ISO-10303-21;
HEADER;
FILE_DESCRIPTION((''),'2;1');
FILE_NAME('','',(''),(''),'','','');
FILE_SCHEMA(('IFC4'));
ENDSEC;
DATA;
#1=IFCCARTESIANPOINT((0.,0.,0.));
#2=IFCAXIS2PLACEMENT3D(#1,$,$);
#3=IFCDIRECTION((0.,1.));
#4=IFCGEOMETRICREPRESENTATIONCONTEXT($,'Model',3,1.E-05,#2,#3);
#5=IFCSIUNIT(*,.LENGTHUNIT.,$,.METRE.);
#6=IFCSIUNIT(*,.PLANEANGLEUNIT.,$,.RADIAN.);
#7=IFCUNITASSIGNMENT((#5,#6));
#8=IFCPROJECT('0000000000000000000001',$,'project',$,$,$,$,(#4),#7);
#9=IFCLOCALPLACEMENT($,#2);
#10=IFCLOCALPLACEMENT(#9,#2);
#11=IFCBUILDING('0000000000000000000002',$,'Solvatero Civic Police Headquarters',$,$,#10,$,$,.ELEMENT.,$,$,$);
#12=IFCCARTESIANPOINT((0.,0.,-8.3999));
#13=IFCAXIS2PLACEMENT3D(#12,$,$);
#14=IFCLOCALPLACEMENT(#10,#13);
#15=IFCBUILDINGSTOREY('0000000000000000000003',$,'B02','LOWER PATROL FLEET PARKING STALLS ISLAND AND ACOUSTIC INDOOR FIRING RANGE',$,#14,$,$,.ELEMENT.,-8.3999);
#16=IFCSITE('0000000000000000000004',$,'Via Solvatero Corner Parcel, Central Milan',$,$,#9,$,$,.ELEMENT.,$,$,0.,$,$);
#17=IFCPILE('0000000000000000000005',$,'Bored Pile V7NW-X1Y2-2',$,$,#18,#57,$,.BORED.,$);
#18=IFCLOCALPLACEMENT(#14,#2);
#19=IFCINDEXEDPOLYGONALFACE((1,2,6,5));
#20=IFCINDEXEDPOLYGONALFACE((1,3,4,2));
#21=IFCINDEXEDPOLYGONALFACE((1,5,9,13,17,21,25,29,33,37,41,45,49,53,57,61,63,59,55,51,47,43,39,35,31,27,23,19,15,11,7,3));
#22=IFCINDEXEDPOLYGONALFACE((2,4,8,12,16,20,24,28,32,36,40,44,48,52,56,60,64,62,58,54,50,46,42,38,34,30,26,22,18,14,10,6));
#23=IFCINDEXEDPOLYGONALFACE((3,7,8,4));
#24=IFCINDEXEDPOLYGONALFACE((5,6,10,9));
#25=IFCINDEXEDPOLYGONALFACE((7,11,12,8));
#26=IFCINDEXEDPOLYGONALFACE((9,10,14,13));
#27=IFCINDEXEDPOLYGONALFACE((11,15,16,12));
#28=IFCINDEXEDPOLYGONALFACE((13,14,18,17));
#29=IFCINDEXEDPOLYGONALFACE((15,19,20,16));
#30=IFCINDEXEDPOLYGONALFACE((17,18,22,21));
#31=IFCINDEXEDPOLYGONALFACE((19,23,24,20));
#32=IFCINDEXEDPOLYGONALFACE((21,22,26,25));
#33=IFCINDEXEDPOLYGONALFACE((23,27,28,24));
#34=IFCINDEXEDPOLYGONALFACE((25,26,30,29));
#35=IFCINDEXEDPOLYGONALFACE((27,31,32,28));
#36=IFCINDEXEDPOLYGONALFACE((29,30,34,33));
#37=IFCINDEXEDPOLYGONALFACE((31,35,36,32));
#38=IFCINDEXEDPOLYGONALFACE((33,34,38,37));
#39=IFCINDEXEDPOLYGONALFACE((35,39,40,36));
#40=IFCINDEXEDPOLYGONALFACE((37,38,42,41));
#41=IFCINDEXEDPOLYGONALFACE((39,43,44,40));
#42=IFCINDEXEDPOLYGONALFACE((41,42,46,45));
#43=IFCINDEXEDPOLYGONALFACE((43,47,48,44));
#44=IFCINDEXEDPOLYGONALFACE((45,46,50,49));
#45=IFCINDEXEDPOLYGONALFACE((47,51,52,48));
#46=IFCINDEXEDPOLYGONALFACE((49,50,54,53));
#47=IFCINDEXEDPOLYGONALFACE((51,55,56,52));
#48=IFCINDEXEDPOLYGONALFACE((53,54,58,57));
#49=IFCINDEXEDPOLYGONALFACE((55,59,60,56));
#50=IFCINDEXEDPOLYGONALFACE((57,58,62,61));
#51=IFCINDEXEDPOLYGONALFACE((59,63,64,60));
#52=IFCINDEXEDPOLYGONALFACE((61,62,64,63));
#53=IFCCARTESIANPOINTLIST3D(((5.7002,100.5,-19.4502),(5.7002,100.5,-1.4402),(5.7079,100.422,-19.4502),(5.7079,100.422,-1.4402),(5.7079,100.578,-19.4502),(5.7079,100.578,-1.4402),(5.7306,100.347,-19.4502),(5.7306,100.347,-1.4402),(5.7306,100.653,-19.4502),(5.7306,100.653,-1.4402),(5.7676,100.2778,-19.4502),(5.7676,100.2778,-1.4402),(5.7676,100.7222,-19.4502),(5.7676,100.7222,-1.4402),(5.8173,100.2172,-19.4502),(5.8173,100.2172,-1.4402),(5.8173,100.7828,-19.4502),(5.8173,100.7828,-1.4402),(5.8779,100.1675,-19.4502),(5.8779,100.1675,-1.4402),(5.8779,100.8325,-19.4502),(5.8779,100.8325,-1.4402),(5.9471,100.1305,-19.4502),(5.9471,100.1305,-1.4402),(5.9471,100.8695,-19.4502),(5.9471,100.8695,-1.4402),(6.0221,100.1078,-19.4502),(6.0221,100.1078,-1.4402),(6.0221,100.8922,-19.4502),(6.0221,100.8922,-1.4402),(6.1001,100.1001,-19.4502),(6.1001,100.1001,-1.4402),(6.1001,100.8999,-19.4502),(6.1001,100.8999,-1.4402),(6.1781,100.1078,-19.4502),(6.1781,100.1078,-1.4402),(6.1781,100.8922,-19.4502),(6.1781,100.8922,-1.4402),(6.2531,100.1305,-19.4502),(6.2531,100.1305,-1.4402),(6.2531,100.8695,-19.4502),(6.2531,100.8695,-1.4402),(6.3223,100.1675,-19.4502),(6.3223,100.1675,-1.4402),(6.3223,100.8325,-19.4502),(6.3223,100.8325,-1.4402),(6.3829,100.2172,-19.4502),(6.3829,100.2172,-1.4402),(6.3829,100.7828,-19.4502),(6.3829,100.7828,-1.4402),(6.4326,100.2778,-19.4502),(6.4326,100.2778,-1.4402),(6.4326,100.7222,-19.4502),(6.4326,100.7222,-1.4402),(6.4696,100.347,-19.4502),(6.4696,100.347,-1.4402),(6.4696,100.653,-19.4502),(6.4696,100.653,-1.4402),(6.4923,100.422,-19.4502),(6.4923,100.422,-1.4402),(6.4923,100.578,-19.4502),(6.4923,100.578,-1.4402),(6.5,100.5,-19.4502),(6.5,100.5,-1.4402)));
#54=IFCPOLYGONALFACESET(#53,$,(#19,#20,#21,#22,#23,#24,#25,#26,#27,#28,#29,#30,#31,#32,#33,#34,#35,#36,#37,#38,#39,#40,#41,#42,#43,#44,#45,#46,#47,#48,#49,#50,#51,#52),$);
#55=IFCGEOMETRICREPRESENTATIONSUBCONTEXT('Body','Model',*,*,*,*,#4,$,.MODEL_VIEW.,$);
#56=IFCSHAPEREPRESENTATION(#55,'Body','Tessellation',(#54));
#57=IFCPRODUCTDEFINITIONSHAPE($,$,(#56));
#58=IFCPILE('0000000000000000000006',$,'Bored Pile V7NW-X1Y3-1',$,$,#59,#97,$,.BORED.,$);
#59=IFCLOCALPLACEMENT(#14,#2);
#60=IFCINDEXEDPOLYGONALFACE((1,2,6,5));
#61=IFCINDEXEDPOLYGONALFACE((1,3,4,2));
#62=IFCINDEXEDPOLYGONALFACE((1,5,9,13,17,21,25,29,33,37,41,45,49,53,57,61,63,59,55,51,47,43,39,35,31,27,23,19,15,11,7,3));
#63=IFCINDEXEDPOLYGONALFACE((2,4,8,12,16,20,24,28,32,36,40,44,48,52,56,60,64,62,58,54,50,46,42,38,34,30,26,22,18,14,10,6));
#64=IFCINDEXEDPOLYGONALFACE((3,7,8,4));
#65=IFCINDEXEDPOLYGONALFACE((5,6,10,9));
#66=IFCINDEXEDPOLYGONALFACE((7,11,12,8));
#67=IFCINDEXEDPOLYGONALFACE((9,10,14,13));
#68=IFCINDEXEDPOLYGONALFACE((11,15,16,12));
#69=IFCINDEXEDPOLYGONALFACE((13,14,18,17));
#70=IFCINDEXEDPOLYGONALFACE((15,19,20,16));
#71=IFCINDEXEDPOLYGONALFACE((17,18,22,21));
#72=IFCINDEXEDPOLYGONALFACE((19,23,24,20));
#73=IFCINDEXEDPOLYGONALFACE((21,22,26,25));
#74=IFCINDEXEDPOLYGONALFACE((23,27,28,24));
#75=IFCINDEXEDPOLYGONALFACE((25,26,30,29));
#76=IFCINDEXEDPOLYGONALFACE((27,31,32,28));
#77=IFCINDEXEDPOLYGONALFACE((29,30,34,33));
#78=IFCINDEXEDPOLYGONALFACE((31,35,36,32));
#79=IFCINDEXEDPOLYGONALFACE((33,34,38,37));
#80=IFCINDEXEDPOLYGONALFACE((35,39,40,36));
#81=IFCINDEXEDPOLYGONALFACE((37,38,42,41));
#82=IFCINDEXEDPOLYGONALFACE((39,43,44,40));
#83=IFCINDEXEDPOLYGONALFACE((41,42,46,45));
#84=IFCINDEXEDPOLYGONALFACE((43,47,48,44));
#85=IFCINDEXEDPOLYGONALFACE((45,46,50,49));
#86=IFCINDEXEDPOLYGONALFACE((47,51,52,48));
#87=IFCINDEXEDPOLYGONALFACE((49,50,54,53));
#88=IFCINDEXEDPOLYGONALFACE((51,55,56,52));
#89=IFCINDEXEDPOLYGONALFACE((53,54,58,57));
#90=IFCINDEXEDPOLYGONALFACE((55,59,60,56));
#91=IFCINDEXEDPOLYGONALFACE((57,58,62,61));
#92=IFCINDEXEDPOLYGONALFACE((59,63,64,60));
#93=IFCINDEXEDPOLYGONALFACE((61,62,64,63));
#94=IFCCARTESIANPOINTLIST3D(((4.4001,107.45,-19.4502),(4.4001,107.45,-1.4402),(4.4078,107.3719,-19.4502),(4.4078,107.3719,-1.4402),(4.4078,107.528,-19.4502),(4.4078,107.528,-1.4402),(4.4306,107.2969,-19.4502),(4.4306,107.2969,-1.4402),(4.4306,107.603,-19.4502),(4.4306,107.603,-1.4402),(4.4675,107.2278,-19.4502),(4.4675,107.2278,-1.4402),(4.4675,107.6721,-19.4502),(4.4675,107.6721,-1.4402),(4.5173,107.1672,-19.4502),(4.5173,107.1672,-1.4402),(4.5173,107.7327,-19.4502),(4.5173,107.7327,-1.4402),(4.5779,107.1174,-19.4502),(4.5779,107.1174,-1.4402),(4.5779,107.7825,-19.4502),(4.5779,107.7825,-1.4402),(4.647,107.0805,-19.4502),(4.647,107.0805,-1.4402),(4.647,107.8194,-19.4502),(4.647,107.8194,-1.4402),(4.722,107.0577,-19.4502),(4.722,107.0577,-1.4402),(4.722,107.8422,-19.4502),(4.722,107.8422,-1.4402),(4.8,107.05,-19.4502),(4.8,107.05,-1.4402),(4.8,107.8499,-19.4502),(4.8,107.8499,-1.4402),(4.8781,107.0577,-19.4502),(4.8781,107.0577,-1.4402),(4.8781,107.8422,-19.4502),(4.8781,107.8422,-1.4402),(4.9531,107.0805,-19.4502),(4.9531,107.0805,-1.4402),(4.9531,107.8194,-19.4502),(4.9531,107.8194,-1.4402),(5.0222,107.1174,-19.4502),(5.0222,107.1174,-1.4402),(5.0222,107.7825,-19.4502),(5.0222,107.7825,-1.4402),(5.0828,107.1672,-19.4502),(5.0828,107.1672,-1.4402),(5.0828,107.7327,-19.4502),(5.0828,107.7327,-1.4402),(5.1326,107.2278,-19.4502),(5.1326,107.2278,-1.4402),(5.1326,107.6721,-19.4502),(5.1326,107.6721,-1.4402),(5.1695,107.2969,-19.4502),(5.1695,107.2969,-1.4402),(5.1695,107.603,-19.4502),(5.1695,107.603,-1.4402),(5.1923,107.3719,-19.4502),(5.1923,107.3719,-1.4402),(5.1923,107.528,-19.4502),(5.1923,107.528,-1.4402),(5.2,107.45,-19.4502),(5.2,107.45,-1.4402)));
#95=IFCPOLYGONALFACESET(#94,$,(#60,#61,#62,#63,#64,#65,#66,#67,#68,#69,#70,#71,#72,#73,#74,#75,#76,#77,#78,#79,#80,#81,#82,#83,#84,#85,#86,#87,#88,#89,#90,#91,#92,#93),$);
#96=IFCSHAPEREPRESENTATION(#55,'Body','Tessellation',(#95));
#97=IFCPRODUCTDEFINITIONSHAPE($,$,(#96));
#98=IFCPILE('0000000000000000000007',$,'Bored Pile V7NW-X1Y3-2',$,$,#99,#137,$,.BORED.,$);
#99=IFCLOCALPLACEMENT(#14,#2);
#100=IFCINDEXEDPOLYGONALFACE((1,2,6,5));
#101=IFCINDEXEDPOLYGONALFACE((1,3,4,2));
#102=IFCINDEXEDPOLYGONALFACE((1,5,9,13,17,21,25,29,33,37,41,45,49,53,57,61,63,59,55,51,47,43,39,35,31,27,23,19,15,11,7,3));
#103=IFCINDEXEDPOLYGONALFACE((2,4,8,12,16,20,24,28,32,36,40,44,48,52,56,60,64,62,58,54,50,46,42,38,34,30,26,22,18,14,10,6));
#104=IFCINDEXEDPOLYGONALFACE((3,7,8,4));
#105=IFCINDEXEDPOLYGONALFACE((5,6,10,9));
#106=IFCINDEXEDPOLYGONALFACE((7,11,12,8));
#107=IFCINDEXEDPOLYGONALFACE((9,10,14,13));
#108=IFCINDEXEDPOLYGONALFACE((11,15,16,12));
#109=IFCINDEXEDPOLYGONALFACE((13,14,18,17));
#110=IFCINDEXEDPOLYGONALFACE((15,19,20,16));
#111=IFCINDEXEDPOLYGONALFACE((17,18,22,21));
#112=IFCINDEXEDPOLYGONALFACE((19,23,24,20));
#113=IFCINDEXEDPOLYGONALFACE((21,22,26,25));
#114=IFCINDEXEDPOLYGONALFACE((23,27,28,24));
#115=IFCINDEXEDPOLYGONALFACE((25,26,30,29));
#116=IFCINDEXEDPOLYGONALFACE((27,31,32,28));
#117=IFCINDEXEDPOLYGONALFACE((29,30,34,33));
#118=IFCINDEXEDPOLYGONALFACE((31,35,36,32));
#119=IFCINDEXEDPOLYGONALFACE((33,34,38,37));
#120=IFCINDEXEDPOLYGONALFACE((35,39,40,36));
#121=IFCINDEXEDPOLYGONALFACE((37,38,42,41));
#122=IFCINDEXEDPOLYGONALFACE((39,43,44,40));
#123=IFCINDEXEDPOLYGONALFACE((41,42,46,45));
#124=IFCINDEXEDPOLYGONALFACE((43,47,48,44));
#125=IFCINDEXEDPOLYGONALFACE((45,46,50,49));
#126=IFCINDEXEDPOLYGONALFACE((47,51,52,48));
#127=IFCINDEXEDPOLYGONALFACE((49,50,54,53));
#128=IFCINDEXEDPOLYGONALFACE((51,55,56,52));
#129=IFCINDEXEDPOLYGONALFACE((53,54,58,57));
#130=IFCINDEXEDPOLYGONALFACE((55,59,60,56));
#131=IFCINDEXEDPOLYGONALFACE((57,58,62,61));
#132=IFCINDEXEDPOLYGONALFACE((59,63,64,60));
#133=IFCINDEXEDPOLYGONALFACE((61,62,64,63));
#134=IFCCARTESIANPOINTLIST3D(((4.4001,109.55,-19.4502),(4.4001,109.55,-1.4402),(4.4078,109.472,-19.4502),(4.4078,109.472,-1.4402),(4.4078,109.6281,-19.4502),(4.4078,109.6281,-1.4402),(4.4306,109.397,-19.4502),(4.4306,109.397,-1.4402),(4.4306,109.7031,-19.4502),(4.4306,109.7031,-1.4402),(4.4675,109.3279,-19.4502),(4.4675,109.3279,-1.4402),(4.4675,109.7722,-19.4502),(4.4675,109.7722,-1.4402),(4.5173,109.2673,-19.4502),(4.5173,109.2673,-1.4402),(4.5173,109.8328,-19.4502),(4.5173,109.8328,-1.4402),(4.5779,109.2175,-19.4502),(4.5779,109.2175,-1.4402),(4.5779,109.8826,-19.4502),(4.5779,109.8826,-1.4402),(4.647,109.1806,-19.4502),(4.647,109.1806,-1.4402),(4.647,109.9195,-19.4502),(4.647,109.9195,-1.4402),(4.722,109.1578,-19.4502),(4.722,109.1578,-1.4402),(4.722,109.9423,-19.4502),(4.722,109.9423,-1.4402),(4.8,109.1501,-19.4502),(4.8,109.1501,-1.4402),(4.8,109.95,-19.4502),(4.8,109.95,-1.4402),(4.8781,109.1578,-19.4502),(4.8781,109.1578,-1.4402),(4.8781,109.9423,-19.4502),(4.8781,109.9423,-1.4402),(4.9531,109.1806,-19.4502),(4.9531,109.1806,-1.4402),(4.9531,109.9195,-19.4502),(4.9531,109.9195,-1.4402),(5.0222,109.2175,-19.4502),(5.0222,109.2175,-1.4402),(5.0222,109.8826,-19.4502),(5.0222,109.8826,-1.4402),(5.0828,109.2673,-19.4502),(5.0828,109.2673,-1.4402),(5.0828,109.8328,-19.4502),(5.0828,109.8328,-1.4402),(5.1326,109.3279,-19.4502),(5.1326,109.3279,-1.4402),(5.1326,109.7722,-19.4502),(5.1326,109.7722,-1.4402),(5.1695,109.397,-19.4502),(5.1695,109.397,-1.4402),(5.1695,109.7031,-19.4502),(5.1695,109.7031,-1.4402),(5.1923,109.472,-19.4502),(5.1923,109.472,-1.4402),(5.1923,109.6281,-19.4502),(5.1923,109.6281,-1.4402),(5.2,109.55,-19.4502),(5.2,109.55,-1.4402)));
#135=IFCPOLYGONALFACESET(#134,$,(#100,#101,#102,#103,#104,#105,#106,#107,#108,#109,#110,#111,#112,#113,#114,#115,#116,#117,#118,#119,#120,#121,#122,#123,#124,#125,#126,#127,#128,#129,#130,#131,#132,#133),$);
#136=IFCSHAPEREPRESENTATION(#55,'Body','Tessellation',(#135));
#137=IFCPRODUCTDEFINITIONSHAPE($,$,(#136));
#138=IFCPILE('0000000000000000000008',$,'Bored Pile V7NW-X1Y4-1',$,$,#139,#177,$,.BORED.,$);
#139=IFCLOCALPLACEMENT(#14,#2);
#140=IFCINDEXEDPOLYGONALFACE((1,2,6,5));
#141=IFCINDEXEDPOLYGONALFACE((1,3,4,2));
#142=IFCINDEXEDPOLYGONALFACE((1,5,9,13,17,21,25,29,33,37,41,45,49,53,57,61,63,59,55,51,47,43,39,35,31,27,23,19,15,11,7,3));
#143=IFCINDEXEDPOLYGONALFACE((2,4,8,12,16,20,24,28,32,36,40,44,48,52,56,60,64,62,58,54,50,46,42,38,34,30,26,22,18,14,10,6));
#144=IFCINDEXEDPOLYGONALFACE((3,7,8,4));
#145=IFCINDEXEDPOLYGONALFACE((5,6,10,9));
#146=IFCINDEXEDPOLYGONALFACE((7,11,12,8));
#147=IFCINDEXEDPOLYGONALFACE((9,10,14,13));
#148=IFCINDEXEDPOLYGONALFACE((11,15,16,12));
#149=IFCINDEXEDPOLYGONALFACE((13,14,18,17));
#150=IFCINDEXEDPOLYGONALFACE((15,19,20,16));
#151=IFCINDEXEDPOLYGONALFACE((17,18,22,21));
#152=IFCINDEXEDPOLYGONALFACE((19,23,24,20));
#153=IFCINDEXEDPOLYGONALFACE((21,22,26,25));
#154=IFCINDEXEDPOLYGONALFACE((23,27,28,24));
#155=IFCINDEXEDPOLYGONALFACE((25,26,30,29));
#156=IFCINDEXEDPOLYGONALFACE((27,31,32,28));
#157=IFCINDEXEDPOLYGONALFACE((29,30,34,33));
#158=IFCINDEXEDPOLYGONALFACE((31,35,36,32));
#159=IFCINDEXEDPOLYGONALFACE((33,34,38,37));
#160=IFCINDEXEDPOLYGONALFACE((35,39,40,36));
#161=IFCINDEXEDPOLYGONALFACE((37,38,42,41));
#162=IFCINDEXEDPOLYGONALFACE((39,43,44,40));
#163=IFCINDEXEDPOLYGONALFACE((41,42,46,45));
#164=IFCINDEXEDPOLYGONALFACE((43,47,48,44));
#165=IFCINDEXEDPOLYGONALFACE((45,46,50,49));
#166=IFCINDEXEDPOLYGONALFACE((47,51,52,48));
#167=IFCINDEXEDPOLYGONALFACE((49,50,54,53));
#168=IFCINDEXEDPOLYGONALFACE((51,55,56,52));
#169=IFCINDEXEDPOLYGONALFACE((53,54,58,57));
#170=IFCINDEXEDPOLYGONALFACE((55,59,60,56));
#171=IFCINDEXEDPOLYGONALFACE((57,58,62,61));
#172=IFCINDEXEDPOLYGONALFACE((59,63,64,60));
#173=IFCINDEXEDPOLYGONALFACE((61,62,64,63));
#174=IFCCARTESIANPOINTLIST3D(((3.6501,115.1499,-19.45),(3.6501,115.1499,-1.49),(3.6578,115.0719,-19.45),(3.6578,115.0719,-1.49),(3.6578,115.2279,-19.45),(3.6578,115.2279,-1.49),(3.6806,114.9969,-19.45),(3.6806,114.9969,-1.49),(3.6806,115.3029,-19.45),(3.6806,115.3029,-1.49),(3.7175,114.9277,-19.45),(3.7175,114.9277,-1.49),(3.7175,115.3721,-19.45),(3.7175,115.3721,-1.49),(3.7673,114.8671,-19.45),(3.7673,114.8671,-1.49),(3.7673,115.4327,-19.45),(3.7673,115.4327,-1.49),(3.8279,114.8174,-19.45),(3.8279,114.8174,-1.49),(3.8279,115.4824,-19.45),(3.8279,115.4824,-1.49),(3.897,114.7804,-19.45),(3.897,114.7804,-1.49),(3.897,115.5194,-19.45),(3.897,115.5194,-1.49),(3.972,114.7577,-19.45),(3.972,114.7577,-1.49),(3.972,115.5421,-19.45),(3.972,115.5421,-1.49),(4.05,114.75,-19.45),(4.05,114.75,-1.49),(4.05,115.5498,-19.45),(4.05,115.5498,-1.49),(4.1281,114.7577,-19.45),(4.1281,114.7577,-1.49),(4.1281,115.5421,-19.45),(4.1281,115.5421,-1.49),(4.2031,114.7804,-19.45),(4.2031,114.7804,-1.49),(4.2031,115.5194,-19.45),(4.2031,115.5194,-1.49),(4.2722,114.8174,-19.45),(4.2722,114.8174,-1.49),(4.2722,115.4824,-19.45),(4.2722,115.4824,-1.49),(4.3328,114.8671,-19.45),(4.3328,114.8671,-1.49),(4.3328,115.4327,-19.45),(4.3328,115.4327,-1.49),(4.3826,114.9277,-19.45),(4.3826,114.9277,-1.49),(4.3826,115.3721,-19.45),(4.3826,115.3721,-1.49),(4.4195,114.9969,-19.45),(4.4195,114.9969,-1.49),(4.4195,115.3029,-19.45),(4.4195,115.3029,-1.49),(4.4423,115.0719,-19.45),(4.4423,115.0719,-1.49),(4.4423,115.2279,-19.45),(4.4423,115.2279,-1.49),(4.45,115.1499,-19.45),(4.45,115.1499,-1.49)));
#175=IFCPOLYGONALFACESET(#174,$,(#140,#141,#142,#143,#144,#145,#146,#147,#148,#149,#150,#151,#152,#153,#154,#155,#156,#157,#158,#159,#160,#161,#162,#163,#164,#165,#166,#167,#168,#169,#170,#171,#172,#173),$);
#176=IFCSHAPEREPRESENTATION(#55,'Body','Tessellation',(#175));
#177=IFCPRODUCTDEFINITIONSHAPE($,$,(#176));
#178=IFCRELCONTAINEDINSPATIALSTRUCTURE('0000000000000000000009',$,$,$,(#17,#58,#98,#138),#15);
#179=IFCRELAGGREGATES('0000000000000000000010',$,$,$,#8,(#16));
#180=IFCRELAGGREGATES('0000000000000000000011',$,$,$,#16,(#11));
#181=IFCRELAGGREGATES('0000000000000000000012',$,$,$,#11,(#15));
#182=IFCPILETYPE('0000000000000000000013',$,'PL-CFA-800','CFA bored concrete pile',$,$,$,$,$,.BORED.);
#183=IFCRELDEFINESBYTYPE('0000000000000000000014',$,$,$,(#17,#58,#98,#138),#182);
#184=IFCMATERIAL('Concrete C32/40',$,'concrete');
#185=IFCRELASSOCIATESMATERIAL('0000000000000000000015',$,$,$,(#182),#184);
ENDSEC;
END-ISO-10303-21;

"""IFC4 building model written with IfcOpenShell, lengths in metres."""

from ifc_helpers import new_model, si_unit, direction, frame, origin, origin_2d, place, context, subcontext, project, spatial, circle, extrude, material, material_profile, profile_set, type_object, element, save


model = new_model("IFC4")

# Units and contexts
model_context = context("Model", 3, precision=1e-05, world=origin(), true_north=direction((0.0, 1.0)))
body_context = subcontext(model_context, "Body", "Model", "MODEL_VIEW")
ifc_project = project(units=[si_unit("LENGTHUNIT", "METRE"), si_unit("PLANEANGLEUNIT", "RADIAN")], contexts=[model_context])

# Site, building, storey
site_placement = place(None, origin())
site = spatial("IfcSite", under=ifc_project, at=site_placement, Name="Via Solvatero Corner Parcel, Central Milan", CompositionType="ELEMENT", RefElevation=0.0)
building_placement = place(site_placement, origin())
building = spatial("IfcBuilding", under=site, at=building_placement, Name="Solvatero Civic Police Headquarters", CompositionType="ELEMENT")
storey_placement = place(building_placement, frame((0.0, 0.0, -8.3999)))
storey = spatial("IfcBuildingStorey", under=building, at=storey_placement, Name="B02", Description="LOWER PATROL FLEET PARKING STALLS ISLAND AND ACOUSTIC INDOOR FIRING RANGE", CompositionType="ELEMENT", Elevation=-8.3999)

# Piles
ifc_material_1 = material(Name="Concrete C32/40", Category="concrete")
ifc_material_profile_1 = material_profile(ifc_material_1, circle(Radius=0.3999, at=origin_2d()), Name="CFA PILE D800")
ifc_profile_set_1 = profile_set([ifc_material_profile_1], Name="Concrete C32/40")
pile_type = type_object("IfcPileType", Name="PL-CFA-800", Description="CFA bored concrete pile", PredefinedType="BORED", material=ifc_profile_set_1)
for number, where, z_axis, x_axis, name in (
    (1, (6.1001, 100.5, -1.4402), (0.0, 0.0, -1.0), (1.0, 0.0, 0.0), "Bored Pile V7NW-X1Y2-2"),
    (2, (4.8, 107.45, -1.4402), (0.0, 0.0, -1.0), (1.0, 0.0, 0.0), "Bored Pile V7NW-X1Y3-1"),
    (3, (4.8, 109.55, -1.4402), (0.0, 0.0, -1.0), (1.0, 0.0, 0.0), "Bored Pile V7NW-X1Y3-2"),
):
    element("IfcPile", number, at=place(storey_placement, frame(where, z_axis=z_axis, x_axis=x_axis)), inside=storey, type_object=pile_type, Name=name, PredefinedType="BORED", context=body_context, shape_type="SweptSolid", body=[
        extrude(circle(Radius=0.3999, at=origin_2d()), origin(), (0.0, 0.0, 1.0), 18.01),
    ])
for number, where, z_axis, x_axis, name in (
    (4, (4.05, 115.1499, -1.49), (0.0, 0.0, -1.0), (1.0, 0.0, 0.0), "Bored Pile V7NW-X1Y4-1"),
):
    element("IfcPile", number, at=place(storey_placement, frame(where, z_axis=z_axis, x_axis=x_axis)), inside=storey, type_object=pile_type, Name=name, PredefinedType="BORED", context=body_context, shape_type="SweptSolid", body=[
        extrude(circle(Radius=0.3999, at=origin_2d()), origin(), (0.0, 0.0, 1.0), 17.96),
    ])

save(model, "model.ifc")
